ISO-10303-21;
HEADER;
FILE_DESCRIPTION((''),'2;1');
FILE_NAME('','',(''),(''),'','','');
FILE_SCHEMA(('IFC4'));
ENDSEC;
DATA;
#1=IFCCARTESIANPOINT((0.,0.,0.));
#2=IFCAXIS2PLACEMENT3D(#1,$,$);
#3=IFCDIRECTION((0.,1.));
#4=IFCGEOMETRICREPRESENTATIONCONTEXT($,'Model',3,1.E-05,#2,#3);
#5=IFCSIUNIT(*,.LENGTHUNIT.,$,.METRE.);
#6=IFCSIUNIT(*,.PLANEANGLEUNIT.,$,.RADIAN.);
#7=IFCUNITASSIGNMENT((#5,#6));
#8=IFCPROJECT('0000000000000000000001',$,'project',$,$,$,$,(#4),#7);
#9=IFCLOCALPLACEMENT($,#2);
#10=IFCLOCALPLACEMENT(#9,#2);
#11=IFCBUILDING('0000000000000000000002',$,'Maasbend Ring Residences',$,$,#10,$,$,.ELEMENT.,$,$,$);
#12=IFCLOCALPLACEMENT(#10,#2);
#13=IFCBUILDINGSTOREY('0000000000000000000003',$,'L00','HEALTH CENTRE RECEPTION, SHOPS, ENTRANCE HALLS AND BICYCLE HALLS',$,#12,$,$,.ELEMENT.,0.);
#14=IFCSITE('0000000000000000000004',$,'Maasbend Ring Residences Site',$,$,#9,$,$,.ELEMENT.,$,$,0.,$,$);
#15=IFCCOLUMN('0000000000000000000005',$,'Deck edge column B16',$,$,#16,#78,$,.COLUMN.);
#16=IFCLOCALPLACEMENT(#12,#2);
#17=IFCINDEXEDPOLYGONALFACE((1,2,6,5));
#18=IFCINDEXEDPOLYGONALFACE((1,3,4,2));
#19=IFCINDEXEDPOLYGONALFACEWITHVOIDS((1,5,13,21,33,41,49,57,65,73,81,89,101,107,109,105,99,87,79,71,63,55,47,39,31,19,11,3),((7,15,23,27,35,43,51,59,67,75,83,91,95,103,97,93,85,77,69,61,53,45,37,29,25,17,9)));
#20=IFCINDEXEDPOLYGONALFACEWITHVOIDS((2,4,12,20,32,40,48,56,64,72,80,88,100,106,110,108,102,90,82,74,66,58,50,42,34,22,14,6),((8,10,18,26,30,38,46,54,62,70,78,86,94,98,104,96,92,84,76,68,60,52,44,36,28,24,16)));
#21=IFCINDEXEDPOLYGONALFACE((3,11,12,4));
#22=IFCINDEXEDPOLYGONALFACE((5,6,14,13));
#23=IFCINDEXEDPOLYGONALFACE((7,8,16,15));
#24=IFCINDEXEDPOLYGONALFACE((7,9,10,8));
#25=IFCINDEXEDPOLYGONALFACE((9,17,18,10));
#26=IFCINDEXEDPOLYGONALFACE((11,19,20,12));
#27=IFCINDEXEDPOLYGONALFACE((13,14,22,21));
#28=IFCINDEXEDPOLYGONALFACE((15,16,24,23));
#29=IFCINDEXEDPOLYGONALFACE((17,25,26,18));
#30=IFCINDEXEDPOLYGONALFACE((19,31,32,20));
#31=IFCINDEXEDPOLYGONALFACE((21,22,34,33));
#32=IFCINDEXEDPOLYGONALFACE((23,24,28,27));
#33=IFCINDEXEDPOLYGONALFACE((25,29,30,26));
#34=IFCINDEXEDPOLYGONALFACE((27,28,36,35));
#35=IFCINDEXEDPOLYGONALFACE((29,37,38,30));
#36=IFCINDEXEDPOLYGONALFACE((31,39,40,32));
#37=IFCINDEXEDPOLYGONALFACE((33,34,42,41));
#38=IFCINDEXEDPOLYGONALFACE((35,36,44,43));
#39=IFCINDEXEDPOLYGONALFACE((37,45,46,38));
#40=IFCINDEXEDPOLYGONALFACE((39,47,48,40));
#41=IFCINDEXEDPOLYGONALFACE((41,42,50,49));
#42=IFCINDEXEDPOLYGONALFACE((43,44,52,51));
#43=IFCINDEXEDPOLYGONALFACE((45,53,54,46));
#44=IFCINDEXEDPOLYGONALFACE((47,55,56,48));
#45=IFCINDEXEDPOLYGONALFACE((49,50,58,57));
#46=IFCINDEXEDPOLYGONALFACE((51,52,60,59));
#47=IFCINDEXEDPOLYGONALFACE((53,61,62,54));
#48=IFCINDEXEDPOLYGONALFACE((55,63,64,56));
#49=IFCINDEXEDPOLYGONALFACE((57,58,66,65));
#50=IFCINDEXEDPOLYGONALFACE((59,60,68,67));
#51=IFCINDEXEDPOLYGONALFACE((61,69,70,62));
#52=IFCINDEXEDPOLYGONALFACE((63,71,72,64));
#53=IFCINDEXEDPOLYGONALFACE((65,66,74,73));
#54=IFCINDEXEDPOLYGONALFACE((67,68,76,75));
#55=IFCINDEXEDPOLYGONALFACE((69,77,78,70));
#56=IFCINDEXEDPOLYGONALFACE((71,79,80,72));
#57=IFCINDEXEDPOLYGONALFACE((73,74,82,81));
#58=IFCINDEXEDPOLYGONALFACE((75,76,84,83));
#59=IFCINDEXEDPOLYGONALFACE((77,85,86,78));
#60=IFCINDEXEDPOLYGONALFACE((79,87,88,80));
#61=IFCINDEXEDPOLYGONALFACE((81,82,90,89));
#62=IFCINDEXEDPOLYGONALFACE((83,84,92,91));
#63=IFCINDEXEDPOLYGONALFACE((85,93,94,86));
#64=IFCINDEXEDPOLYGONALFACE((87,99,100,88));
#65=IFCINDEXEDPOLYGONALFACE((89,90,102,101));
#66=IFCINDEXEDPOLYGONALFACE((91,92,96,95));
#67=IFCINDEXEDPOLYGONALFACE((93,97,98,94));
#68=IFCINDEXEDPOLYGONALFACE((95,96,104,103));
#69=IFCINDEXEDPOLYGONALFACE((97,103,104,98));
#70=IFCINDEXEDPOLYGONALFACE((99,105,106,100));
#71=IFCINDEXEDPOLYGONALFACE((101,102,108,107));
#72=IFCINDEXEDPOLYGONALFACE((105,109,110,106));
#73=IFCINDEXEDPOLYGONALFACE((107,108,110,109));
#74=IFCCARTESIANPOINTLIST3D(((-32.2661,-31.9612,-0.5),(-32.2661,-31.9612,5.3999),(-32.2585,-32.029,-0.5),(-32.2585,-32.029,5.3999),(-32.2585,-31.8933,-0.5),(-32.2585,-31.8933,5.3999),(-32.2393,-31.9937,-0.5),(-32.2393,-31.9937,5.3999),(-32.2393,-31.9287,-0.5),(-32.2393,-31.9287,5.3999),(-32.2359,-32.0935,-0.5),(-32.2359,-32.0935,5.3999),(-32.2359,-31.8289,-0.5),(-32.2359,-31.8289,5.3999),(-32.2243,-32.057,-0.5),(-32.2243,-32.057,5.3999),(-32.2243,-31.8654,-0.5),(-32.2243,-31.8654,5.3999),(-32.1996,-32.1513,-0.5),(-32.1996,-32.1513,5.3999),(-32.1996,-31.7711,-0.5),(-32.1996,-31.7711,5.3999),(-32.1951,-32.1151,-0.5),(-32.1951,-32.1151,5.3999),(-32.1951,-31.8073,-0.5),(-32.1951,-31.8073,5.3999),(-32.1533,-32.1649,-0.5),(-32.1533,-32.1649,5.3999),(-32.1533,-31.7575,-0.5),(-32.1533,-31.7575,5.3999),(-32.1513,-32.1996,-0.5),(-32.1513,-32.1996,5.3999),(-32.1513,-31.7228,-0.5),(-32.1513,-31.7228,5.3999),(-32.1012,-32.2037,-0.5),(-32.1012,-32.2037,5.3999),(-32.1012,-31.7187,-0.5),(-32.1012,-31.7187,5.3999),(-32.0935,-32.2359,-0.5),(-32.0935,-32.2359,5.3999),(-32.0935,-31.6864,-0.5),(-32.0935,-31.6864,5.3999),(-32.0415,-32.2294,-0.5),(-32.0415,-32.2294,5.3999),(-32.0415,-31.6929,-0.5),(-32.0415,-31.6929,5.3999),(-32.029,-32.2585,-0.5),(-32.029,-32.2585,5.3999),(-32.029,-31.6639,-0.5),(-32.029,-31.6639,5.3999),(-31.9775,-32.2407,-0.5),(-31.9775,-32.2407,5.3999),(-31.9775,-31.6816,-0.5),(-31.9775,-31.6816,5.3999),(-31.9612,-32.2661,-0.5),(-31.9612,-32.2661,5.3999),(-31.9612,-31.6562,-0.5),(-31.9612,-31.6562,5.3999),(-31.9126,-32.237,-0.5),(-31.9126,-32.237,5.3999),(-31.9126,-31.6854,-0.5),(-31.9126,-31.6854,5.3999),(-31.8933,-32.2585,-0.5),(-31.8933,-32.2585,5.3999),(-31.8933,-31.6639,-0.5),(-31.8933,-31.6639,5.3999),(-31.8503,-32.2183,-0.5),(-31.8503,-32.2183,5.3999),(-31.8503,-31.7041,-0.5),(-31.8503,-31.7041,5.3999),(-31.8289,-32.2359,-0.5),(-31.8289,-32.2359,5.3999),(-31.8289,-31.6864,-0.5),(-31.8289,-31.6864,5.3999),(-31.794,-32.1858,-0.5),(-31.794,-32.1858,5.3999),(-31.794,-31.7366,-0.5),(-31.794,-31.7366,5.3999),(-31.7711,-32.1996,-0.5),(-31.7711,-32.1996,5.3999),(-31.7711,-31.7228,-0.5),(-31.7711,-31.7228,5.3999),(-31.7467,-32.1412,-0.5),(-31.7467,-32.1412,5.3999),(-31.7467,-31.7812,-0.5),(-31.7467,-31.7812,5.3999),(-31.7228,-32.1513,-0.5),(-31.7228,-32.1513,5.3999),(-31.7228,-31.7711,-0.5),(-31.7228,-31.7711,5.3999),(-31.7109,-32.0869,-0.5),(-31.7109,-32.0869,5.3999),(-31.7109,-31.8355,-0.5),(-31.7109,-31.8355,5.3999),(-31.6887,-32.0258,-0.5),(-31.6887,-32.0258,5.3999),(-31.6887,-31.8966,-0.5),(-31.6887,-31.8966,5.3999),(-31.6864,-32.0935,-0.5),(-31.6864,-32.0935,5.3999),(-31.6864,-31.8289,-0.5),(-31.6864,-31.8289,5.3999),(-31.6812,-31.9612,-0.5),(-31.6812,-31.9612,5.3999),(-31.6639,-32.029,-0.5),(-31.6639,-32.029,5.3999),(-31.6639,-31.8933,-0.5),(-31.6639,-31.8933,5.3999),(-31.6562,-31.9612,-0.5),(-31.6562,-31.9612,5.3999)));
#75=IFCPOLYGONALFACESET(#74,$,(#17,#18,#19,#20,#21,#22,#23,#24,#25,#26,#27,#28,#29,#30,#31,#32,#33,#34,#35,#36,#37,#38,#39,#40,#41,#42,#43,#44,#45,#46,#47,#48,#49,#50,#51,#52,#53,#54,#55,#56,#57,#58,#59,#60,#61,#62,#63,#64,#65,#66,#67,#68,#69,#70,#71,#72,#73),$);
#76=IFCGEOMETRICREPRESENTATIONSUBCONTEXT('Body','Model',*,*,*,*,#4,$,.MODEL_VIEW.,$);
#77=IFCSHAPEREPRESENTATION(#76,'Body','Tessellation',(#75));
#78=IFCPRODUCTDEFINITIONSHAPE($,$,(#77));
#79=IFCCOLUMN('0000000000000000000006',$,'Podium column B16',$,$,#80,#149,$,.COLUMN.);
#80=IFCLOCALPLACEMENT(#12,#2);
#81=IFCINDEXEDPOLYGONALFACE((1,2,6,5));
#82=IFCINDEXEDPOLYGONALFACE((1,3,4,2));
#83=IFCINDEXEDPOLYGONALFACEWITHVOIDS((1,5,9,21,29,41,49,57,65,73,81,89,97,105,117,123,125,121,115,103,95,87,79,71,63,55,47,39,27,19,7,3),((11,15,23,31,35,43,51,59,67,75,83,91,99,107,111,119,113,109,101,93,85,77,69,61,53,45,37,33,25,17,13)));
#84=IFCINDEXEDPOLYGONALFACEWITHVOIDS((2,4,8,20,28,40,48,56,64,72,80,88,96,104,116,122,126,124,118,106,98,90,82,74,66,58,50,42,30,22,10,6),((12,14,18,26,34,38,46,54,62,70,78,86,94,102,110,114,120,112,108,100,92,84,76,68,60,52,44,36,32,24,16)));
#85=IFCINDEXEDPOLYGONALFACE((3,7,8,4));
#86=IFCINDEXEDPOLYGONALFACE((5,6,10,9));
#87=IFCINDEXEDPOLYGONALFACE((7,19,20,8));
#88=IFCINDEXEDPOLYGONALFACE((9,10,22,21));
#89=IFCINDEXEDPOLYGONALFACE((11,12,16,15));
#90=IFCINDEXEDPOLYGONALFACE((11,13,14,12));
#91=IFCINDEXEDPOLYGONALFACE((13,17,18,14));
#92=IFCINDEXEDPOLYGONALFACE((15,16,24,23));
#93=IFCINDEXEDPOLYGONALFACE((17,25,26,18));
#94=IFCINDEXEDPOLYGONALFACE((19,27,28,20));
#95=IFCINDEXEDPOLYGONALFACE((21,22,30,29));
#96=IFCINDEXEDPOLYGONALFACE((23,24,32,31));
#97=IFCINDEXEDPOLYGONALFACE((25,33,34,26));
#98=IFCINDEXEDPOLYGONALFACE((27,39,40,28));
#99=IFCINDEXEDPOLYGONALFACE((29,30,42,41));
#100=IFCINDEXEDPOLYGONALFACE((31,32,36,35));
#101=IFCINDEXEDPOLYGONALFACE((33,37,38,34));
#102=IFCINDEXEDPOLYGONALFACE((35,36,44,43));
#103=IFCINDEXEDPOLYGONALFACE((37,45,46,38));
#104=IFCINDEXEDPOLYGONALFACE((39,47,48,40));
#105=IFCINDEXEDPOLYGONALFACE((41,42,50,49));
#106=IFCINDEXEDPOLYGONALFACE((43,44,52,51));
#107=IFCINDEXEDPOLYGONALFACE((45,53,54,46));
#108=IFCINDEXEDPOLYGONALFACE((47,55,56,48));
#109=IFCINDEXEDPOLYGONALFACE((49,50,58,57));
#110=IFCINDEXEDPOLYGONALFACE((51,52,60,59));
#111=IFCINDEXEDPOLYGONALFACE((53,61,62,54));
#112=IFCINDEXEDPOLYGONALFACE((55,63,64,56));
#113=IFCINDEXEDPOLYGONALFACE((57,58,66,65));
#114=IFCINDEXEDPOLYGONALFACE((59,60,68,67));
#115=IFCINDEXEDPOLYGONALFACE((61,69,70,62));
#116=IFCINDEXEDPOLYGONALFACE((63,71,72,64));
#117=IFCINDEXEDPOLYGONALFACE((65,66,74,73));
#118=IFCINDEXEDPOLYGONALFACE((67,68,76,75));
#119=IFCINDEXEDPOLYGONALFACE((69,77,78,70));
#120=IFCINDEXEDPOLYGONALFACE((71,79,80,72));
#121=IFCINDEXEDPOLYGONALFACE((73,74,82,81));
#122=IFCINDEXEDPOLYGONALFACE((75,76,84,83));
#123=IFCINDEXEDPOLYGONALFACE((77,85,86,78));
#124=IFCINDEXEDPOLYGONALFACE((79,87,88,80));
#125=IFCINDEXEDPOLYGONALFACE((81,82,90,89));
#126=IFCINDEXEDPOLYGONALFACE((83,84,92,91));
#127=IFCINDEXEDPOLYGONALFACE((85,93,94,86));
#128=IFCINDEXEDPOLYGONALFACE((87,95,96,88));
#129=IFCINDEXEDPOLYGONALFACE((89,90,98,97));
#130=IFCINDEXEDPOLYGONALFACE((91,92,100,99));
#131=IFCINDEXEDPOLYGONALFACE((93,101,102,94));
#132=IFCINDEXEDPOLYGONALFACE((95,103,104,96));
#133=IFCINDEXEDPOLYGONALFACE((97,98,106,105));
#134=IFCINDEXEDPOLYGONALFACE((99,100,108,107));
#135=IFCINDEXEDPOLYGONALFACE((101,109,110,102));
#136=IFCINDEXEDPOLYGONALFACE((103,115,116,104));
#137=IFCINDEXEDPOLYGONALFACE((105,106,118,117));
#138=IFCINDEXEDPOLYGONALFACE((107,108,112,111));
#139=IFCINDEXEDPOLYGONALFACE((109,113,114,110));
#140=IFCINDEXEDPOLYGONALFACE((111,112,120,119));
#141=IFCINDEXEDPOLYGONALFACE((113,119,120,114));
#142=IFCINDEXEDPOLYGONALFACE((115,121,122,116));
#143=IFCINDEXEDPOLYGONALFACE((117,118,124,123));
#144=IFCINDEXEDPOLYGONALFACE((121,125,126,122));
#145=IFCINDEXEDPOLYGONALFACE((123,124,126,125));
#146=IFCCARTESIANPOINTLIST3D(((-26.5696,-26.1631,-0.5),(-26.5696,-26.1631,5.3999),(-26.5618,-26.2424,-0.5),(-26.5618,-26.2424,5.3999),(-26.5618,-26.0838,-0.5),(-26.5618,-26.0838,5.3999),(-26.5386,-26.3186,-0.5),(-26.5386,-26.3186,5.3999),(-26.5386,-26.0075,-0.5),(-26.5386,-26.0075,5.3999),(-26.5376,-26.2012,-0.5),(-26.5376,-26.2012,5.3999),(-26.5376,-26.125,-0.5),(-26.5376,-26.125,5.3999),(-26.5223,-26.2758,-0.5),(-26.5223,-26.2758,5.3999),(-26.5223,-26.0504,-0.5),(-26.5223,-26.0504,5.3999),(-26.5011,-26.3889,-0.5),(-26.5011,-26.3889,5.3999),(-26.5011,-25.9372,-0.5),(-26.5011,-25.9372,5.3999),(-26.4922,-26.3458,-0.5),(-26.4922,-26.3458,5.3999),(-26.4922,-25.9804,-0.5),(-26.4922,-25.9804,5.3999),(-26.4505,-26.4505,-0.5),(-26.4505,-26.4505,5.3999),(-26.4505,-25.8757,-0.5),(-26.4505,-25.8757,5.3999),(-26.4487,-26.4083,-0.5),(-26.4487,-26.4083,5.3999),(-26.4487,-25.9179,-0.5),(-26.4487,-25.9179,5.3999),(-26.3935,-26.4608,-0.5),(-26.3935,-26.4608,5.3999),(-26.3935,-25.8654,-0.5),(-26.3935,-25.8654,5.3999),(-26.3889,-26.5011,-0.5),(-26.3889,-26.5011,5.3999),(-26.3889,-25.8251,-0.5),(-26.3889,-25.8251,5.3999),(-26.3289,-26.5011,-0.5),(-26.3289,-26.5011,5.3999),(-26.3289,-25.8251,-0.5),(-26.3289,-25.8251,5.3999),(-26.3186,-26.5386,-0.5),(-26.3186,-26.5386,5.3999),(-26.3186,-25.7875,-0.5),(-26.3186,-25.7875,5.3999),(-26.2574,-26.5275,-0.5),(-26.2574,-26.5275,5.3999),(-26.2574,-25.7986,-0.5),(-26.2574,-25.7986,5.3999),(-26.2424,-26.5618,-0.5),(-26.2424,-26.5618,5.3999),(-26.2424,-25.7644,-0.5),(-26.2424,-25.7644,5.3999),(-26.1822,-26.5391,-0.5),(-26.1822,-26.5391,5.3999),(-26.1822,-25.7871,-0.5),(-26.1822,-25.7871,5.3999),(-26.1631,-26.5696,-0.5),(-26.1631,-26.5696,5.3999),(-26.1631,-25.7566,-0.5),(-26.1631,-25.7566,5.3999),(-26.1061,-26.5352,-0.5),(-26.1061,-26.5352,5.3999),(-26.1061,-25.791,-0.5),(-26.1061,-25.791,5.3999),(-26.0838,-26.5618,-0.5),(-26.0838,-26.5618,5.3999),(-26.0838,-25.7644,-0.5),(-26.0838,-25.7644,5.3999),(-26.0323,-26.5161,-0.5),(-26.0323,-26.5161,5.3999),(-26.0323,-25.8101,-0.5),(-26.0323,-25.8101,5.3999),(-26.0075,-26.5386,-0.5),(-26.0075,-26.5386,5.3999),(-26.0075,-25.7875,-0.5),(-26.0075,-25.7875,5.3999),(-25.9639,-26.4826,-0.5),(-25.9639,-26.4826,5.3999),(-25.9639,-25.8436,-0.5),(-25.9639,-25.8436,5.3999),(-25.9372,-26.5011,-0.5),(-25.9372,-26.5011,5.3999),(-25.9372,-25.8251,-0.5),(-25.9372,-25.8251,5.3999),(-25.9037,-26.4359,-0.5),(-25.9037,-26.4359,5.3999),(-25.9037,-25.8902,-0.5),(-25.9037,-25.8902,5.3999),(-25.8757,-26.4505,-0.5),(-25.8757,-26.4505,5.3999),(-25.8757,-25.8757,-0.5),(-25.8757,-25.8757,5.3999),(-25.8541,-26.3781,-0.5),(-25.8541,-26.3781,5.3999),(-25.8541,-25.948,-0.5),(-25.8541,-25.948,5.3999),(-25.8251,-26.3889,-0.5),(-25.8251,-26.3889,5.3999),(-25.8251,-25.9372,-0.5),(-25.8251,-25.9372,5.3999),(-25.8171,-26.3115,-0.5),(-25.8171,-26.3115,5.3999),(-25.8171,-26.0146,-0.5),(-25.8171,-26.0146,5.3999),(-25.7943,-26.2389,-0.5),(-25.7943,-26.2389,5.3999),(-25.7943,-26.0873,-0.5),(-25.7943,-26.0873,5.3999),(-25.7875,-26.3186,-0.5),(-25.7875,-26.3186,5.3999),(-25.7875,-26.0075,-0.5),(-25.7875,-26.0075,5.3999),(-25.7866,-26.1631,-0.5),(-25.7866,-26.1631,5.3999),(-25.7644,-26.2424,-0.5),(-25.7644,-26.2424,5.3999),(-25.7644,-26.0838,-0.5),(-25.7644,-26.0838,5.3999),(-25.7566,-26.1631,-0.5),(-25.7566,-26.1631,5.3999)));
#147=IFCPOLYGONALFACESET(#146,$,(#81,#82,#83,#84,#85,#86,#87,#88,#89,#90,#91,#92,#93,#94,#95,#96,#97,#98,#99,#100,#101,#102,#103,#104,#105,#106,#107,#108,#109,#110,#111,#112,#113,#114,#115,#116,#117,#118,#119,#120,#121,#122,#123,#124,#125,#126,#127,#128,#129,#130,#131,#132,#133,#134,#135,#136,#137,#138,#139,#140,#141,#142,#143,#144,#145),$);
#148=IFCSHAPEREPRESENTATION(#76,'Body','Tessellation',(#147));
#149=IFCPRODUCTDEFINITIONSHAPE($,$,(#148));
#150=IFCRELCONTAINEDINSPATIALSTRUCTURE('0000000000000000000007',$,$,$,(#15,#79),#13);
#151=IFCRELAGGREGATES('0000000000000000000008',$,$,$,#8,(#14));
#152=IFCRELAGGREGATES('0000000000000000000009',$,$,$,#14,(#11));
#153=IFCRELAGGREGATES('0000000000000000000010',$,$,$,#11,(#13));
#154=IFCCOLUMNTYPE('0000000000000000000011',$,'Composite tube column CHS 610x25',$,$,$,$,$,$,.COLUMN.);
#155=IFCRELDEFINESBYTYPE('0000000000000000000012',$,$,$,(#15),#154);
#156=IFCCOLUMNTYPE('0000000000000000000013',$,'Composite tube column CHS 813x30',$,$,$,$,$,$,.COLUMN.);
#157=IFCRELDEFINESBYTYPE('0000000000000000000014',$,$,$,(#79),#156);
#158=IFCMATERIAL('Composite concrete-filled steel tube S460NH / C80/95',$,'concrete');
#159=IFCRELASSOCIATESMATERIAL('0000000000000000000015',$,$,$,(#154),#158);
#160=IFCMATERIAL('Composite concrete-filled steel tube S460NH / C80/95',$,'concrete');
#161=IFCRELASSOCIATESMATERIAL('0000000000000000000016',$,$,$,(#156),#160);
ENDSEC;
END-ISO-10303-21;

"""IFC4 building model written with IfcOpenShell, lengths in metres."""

from ifc_helpers import new_model, si_unit, direction, frame, origin, origin_2d, place, context, subcontext, project, spatial, hollow_circle, extrude, material, material_profile, profile_set, type_object, element, save


model = new_model("IFC4")

# Units and contexts
model_context = context("Model", 3, precision=1e-05, world=origin(), true_north=direction((0.0, 1.0)))
body_context = subcontext(model_context, "Body", "Model", "MODEL_VIEW")
ifc_project = project(units=[si_unit("LENGTHUNIT", "METRE"), si_unit("PLANEANGLEUNIT", "RADIAN")], contexts=[model_context])

# Site, building, storey
site_placement = place(None, origin())
site = spatial("IfcSite", under=ifc_project, at=site_placement, Name="Maasbend Ring Residences Site", CompositionType="ELEMENT", RefElevation=0.0)
building_placement = place(site_placement, origin())
building = spatial("IfcBuilding", under=site, at=building_placement, Name="Maasbend Ring Residences", CompositionType="ELEMENT")
storey_placement = place(building_placement, origin())
storey = spatial("IfcBuildingStorey", under=building, at=storey_placement, Name="L00", Description="HEALTH CENTRE RECEPTION, SHOPS, ENTRANCE HALLS AND BICYCLE HALLS", CompositionType="ELEMENT", Elevation=0.0)

# Columns
ifc_material_1 = material(Name="Composite concrete-filled steel tube S460NH / C80/95", Category="concrete")
ifc_material_profile_1 = material_profile(ifc_material_1, hollow_circle(Radius=0.3049, WallThickness=0.0249, at=origin_2d()), Name="Composite tube column CHS 610x25")
ifc_profile_set_1 = profile_set([ifc_material_profile_1], Name="Composite concrete-filled steel tube S460NH / C80/95")
column_type_1 = type_object("IfcColumnType", Name="Composite tube column CHS 610x25", PredefinedType="COLUMN", material=ifc_profile_set_1)
column_placement = place(storey_placement, frame((-31.9612, -31.9612, -0.5), z_axis=(0.0, 0.0, 1.0), x_axis=(1.0, 0.0, 0.0)))
element("IfcColumn", 1, at=column_placement, inside=storey, type_object=column_type_1, Name="Deck edge column B16", PredefinedType="COLUMN", context=body_context, shape_type="SweptSolid", body=[
    extrude(hollow_circle(Radius=0.3049, WallThickness=0.0249, at=origin_2d()), origin(), (0.0, 0.0, 1.0), 5.8999),
])
ifc_material_2 = material(Name="Composite concrete-filled steel tube S460NH / C80/95", Category="concrete")
ifc_material_profile_2 = material_profile(ifc_material_2, hollow_circle(Radius=0.4065, WallThickness=0.03, at=origin_2d()), Name="Composite tube column CHS 813x30")
ifc_profile_set_2 = profile_set([ifc_material_profile_2], Name="Composite concrete-filled steel tube S460NH / C80/95")
column_type_2 = type_object("IfcColumnType", Name="Composite tube column CHS 813x30", PredefinedType="COLUMN", material=ifc_profile_set_2)
for number, where, z_axis, x_axis, name in (
    (2, (-26.1631, -26.1631, -0.5), (0.0, 0.0, 1.0), (1.0, 0.0, 0.0), "Podium column B16"),
):
    element("IfcColumn", number, at=place(storey_placement, frame(where, z_axis=z_axis, x_axis=x_axis)), inside=storey, type_object=column_type_2, Name=name, PredefinedType="COLUMN", context=body_context, shape_type="SweptSolid", body=[
        extrude(hollow_circle(Radius=0.4065, WallThickness=0.03, at=origin_2d()), origin(), (0.0, 0.0, 1.0), 5.8999),
    ])

save(model, "model.ifc")
